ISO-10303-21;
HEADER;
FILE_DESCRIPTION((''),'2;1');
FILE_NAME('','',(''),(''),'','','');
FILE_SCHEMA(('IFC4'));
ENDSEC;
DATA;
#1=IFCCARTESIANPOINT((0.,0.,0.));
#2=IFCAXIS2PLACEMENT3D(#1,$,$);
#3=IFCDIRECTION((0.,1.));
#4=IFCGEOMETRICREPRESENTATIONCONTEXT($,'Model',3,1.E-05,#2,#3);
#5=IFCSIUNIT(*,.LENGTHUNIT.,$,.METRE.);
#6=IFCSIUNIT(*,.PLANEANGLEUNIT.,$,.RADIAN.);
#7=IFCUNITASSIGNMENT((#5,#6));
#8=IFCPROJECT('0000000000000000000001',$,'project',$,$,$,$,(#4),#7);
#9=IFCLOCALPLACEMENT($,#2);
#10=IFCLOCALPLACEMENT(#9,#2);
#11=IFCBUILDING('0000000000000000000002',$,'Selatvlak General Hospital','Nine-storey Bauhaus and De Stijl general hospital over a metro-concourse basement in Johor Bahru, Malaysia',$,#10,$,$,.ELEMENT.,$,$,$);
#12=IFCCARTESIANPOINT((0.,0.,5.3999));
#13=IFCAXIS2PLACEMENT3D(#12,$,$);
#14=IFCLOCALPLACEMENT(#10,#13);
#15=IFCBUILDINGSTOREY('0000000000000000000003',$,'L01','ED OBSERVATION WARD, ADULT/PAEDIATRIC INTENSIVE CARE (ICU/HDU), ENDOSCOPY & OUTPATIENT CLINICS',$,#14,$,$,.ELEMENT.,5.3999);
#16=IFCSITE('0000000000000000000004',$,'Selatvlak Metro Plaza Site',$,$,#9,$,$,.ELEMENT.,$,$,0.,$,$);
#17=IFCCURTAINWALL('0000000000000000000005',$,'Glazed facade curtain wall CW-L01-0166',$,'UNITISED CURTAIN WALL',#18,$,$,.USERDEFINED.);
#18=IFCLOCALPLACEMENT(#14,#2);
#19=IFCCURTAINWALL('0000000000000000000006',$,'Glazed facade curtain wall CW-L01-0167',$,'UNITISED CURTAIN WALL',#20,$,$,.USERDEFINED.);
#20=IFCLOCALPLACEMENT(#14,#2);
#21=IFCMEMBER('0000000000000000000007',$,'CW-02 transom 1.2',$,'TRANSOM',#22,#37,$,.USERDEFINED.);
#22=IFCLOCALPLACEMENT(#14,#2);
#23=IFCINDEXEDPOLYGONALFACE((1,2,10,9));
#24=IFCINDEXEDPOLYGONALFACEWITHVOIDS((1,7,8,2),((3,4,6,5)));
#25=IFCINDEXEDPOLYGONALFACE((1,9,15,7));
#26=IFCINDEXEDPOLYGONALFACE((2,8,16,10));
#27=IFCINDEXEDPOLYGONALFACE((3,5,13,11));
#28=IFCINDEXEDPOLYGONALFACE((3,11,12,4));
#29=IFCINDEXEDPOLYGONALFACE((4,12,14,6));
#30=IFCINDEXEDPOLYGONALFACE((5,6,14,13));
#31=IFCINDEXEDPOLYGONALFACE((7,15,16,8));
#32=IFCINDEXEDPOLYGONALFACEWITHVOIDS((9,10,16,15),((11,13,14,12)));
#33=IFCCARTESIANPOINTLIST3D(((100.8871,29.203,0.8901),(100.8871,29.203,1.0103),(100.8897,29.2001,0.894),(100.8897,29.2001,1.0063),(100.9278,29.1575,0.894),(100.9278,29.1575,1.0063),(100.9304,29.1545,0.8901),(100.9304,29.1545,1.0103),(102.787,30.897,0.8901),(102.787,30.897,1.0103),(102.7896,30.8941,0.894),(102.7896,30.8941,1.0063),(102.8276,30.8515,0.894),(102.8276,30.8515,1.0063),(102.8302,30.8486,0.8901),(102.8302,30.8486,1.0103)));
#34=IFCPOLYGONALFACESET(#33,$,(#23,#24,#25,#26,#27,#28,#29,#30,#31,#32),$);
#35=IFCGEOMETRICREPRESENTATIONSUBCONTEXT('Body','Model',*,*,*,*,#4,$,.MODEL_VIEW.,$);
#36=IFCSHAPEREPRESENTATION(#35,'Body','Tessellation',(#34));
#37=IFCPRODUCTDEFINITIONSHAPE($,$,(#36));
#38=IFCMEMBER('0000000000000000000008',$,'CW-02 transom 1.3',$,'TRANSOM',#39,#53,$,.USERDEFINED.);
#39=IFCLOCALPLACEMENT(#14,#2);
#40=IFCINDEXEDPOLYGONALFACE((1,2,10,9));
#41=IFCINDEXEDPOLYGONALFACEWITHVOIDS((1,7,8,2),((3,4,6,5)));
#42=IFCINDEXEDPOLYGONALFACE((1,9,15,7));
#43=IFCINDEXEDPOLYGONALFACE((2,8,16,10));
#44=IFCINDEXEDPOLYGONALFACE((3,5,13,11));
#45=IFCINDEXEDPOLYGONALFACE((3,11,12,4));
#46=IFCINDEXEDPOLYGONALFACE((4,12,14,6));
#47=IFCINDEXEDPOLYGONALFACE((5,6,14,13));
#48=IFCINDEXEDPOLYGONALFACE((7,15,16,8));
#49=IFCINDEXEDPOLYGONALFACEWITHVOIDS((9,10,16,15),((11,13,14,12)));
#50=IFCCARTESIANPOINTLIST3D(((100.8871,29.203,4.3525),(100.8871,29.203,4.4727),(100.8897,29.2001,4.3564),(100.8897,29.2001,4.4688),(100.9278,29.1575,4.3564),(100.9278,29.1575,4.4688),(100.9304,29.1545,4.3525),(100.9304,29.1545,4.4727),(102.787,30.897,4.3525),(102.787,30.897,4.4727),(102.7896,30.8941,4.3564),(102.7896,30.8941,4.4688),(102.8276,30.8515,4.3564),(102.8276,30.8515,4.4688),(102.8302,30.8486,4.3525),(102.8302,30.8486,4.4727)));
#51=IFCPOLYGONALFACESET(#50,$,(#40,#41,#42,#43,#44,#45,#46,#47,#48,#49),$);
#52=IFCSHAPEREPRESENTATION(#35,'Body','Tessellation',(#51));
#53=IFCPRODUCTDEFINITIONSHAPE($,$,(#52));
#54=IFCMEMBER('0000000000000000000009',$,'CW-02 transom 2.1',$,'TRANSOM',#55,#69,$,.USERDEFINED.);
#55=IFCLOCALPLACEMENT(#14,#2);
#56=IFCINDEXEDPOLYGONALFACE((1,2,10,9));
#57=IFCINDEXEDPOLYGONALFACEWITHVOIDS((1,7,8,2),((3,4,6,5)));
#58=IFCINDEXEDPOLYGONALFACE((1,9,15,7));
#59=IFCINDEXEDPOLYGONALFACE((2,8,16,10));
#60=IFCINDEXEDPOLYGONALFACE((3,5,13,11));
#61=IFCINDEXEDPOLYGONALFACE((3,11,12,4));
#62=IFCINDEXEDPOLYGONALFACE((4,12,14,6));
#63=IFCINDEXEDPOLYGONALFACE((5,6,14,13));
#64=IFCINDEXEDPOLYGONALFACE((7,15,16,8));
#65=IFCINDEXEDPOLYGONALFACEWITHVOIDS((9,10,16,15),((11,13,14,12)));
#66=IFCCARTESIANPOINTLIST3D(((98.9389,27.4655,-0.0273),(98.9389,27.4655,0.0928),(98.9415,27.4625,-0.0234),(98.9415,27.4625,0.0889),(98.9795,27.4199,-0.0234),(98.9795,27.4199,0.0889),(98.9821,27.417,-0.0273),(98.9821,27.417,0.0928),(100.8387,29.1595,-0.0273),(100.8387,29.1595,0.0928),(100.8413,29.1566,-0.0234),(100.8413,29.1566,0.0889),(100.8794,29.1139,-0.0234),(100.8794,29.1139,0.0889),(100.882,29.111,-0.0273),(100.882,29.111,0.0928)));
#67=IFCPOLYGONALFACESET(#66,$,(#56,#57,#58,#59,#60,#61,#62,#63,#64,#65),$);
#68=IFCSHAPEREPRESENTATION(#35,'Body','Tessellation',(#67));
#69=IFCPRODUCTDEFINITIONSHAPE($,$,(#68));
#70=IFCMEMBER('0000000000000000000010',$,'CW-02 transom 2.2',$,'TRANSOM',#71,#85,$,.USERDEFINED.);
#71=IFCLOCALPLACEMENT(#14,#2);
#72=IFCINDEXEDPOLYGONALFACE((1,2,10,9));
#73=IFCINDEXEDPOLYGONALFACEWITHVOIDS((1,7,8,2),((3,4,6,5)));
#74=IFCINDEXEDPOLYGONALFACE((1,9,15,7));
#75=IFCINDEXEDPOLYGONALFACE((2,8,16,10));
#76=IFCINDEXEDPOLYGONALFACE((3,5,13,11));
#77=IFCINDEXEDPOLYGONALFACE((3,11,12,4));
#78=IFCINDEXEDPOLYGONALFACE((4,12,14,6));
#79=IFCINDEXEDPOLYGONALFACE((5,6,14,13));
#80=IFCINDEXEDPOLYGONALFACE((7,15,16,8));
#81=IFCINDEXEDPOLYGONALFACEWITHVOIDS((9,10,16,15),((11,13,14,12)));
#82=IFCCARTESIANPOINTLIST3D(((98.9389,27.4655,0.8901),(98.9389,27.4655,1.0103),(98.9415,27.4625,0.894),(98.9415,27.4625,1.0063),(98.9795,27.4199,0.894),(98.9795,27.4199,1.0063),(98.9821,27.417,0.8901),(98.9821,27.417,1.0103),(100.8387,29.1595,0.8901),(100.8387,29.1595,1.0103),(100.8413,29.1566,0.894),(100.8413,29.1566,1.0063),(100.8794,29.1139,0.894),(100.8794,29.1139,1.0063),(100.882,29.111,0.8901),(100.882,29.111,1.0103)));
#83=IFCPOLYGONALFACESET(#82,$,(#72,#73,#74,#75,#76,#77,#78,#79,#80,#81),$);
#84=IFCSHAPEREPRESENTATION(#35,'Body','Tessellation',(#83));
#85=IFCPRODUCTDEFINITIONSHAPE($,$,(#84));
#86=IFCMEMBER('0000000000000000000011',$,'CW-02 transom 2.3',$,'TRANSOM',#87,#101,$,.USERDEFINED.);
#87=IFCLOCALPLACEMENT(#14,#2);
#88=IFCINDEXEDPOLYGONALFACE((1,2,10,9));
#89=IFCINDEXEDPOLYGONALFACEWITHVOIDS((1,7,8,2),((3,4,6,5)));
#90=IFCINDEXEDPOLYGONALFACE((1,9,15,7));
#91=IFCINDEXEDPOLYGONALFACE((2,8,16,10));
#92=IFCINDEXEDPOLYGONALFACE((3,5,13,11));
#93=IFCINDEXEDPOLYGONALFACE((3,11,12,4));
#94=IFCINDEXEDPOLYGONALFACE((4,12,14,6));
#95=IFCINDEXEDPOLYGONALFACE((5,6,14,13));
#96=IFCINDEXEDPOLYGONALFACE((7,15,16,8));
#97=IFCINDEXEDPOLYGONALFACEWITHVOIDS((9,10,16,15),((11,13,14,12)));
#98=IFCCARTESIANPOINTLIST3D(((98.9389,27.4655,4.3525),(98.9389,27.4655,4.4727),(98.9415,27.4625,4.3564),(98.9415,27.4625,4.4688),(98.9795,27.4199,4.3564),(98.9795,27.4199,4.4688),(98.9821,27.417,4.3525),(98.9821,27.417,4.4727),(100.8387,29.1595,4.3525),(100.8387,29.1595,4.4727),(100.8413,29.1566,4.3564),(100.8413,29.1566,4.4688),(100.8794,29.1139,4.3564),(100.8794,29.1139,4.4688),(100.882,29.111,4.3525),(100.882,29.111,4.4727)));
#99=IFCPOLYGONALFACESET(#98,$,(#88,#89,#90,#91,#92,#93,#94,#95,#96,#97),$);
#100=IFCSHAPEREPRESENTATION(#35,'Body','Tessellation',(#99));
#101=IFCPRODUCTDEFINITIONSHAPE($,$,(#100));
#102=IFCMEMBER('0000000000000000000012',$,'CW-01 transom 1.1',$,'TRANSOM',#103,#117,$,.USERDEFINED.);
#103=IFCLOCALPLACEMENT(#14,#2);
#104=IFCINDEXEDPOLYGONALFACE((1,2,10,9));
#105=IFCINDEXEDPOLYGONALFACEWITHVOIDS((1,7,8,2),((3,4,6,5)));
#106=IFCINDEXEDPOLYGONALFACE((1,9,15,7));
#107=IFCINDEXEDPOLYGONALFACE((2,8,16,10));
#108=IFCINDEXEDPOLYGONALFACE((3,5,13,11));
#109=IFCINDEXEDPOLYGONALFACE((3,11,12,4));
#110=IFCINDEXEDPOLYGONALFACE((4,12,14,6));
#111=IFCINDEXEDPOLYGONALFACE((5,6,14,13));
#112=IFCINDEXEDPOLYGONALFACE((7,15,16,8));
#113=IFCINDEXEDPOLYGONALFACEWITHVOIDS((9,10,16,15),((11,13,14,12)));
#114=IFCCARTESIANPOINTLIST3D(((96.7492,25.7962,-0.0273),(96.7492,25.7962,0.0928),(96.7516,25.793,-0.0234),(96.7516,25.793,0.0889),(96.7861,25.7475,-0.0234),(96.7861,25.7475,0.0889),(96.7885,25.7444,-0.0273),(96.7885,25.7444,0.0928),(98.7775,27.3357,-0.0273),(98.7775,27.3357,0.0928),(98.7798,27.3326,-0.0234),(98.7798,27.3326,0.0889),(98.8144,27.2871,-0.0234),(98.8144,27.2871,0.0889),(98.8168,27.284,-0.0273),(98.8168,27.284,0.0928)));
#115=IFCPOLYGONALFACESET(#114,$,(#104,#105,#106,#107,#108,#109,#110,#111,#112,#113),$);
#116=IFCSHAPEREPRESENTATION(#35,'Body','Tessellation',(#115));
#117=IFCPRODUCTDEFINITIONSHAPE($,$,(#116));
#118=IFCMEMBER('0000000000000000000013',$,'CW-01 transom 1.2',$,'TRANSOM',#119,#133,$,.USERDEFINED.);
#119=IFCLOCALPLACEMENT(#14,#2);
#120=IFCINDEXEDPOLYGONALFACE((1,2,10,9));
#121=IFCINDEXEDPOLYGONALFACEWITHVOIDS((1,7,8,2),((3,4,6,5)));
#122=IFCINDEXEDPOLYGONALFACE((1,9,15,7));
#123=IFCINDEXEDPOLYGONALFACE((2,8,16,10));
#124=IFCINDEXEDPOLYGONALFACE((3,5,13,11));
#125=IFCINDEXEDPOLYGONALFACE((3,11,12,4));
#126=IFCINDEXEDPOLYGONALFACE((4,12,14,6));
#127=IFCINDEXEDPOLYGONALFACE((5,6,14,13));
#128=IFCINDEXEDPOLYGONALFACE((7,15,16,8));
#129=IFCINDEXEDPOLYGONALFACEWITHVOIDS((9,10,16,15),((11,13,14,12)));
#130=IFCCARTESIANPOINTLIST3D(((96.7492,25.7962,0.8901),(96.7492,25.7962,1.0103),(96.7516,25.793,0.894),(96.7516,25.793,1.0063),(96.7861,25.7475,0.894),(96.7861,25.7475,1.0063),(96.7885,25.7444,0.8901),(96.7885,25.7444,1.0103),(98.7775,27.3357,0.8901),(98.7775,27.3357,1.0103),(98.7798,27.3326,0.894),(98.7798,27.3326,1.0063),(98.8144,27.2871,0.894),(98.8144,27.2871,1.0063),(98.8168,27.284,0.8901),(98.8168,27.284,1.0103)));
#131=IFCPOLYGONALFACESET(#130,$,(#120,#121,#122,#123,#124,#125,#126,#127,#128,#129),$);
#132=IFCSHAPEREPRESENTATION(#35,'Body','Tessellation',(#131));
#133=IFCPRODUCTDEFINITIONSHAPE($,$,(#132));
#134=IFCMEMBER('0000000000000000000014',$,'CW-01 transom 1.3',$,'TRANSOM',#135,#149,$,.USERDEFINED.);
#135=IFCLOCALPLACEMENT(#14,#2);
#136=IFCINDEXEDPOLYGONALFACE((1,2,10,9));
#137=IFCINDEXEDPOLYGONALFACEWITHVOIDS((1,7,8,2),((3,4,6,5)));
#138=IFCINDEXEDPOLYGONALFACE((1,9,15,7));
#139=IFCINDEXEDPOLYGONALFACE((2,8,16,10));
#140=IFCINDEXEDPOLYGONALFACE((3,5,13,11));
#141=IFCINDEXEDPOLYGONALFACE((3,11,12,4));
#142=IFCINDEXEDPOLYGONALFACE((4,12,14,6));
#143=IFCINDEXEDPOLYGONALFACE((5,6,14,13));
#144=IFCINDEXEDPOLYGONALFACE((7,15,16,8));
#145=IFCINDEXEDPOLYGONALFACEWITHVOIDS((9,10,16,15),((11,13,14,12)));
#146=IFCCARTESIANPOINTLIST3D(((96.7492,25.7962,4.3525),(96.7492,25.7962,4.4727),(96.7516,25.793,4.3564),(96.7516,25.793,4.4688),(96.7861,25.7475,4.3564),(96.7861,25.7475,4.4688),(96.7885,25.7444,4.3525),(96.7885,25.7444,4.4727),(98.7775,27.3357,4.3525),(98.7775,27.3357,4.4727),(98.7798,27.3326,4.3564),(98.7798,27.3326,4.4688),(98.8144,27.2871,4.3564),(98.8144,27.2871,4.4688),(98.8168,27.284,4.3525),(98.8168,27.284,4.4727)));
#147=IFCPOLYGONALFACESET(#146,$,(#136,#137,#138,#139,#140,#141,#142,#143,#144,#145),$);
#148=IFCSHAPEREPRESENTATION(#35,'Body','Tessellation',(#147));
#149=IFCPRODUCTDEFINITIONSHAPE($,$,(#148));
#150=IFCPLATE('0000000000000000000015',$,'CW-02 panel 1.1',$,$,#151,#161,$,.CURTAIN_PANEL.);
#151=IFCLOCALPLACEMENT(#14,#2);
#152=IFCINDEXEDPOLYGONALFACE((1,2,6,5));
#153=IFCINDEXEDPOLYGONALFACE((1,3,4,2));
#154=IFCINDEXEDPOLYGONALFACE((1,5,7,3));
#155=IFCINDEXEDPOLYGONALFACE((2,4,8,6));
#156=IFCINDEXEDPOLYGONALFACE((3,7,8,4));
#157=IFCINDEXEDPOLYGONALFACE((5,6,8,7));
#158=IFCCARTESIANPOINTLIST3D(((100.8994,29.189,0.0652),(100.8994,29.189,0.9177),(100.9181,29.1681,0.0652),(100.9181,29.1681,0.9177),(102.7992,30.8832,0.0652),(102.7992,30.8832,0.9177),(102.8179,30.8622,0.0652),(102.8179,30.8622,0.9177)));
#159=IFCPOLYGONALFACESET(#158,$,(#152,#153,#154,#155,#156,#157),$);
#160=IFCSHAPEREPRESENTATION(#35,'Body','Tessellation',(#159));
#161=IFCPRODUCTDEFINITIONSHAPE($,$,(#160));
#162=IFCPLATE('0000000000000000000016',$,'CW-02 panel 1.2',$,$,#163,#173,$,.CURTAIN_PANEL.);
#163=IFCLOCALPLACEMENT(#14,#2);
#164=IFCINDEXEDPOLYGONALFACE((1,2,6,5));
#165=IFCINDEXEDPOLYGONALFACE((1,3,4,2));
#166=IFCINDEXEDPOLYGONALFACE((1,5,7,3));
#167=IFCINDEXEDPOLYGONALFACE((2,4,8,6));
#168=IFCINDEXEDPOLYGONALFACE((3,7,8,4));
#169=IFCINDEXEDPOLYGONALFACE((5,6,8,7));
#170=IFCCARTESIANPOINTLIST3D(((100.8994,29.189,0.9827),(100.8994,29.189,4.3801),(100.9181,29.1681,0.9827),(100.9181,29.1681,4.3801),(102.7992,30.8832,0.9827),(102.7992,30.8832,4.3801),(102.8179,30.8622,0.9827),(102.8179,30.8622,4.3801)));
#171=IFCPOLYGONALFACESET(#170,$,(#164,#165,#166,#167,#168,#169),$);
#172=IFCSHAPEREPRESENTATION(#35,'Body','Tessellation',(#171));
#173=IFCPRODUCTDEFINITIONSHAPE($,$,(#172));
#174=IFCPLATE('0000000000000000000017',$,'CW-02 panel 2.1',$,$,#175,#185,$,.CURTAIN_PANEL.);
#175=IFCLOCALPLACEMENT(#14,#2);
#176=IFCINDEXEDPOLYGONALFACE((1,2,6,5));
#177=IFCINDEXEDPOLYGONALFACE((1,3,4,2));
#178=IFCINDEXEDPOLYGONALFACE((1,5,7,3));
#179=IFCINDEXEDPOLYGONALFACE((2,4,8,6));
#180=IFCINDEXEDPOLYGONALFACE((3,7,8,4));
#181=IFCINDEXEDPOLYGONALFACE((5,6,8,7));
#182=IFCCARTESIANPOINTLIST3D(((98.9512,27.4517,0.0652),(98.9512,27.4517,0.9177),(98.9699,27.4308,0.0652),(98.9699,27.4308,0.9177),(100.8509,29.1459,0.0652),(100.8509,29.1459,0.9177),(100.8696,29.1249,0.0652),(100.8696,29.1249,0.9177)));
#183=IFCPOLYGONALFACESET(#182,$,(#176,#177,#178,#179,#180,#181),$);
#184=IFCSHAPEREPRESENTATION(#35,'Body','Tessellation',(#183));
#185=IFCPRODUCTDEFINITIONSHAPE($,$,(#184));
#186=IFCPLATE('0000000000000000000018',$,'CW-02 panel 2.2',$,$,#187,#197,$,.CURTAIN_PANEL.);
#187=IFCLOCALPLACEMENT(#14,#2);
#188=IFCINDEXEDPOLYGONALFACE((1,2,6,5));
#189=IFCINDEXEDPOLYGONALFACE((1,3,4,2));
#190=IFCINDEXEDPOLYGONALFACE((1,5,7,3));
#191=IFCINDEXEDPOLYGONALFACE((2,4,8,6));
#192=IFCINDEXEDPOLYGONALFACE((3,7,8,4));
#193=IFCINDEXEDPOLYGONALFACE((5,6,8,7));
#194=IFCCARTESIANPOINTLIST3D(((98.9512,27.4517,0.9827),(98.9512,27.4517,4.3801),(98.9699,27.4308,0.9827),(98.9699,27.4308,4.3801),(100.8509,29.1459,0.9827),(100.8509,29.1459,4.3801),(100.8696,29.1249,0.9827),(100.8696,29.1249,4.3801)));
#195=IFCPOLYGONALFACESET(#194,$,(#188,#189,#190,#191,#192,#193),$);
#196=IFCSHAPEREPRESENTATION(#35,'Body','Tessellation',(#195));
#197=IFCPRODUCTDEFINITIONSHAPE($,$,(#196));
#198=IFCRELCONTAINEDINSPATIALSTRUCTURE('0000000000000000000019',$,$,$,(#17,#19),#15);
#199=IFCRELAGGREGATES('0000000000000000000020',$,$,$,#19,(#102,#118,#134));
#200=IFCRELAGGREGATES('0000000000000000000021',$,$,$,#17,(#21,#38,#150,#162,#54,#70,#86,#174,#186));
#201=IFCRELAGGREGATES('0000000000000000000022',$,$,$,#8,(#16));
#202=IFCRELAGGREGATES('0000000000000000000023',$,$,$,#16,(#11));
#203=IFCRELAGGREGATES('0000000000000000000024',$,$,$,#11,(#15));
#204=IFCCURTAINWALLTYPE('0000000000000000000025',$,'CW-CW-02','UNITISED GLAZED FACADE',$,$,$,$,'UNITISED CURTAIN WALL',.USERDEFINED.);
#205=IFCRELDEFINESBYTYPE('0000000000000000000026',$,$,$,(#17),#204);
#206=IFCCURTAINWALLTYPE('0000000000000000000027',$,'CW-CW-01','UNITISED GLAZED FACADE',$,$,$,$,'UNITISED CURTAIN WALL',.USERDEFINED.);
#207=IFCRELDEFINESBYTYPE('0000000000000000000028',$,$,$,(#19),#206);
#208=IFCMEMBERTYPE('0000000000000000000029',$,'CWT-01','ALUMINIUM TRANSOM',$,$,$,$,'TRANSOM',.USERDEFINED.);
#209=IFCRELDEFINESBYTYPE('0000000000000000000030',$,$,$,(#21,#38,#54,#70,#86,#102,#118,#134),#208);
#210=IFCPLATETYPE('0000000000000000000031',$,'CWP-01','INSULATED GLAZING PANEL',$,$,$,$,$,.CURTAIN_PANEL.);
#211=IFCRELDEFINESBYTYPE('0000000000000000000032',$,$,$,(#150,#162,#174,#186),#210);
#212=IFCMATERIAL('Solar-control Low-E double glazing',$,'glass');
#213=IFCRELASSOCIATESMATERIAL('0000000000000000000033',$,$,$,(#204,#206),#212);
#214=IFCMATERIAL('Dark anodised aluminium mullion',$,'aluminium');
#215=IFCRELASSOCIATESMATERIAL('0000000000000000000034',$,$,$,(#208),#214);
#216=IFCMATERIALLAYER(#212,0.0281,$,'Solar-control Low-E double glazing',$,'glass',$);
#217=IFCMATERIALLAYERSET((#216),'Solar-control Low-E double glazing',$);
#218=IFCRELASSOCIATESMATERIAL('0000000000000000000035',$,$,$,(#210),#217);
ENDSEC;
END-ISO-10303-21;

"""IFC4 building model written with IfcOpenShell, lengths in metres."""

from ifc_helpers import new_model, si_unit, direction, frame, origin, origin_2d, place, context, subcontext, project, spatial, rectangle, hollow_rectangle, extrude, material, layer, layer_set, material_profile, profile_set, type_object, element, aggregate, save


model = new_model("IFC4")

# Units and contexts
model_context = context("Model", 3, precision=1e-05, world=origin(), true_north=direction((0.0, 1.0)))
body_context = subcontext(model_context, "Body", "Model", "MODEL_VIEW")
ifc_project = project(units=[si_unit("LENGTHUNIT", "METRE"), si_unit("PLANEANGLEUNIT", "RADIAN")], contexts=[model_context])

# Site, building, storey
site_placement = place(None, origin())
site = spatial("IfcSite", under=ifc_project, at=site_placement, Name="Selatvlak Metro Plaza Site", CompositionType="ELEMENT", RefElevation=0.0)
building_placement = place(site_placement, origin())
building = spatial("IfcBuilding", under=site, at=building_placement, Name="Selatvlak General Hospital", Description="Nine-storey Bauhaus and De Stijl general hospital over a metro-concourse basement in Johor Bahru, Malaysia", CompositionType="ELEMENT")
storey_placement = place(building_placement, frame((0.0, 0.0, 5.3999)))
storey = spatial("IfcBuildingStorey", under=building, at=storey_placement, Name="L01", Description="ED OBSERVATION WARD, ADULT/PAEDIATRIC INTENSIVE CARE (ICU/HDU), ENDOSCOPY & OUTPATIENT CLINICS", CompositionType="ELEMENT", Elevation=5.3999)

# Curtain wall
ifc_material_1 = material(Name="Solar-control Low-E double glazing", Category="glass")
curtain_wall_type_1 = type_object("IfcCurtainWallType", Name="CW-CW-02", Description="UNITISED GLAZED FACADE", ElementType="UNITISED CURTAIN WALL", PredefinedType="USERDEFINED", material=ifc_material_1)
curtain_wall_1_placement = place(storey_placement, origin())
curtain_wall_1 = element("IfcCurtainWall", 1, at=curtain_wall_1_placement, inside=storey, type_object=curtain_wall_type_1, Name="Glazed facade curtain wall CW-L01-0166", ObjectType="UNITISED CURTAIN WALL", PredefinedType="USERDEFINED")
ifc_material_2 = material(Name="Dark anodised aluminium mullion", Category="aluminium")

# Curtain wall
curtain_wall_type_2 = type_object("IfcCurtainWallType", Name="CW-CW-01", Description="UNITISED GLAZED FACADE", ElementType="UNITISED CURTAIN WALL", PredefinedType="USERDEFINED", material=ifc_material_1)
curtain_wall_2_placement = place(storey_placement, origin())
curtain_wall_2 = element("IfcCurtainWall", 2, at=curtain_wall_2_placement, inside=storey, type_object=curtain_wall_type_2, Name="Glazed facade curtain wall CW-L01-0167", ObjectType="UNITISED CURTAIN WALL", PredefinedType="USERDEFINED")

# Members
ifc_material_profile_1 = material_profile(ifc_material_2, hollow_rectangle(XDim=0.0649, YDim=0.1201, WallThickness=0.0039, at=origin_2d()), Name="AL-TRN 65x120x4")
ifc_profile_set_1 = profile_set([ifc_material_profile_1], Name="Dark anodised aluminium mullion")
member_type_1 = type_object("IfcMemberType", Name="CWT-01", Description="ALUMINIUM TRANSOM", ElementType="TRANSOM", PredefinedType="USERDEFINED", material=ifc_profile_set_1)
member_1_placement = place(storey_placement, frame((102.8086, 30.8728, 0.9502), z_axis=(-0.746377, -0.665524, 0.0), x_axis=(0.665524, -0.746377, 0.0)))
member_1 = element("IfcMember", 3, at=member_1_placement, type_object=member_type_1, Name="CW-02 transom 1.2", ObjectType="TRANSOM", PredefinedType="USERDEFINED", context=body_context, shape_type="SweptSolid", body=[
    extrude(hollow_rectangle(XDim=0.0649, YDim=0.1201, WallThickness=0.0039, at=origin_2d()), origin(), (0.0, 0.0, 1.0), 2.5454),
])
member_2_placement = place(storey_placement, frame((102.8086, 30.8728, 4.4126), z_axis=(-0.746377, -0.665524, 0.0), x_axis=(0.665524, -0.746377, 0.0)))
member_2 = element("IfcMember", 4, at=member_2_placement, type_object=member_type_1, Name="CW-02 transom 1.3", ObjectType="TRANSOM", PredefinedType="USERDEFINED", context=body_context, shape_type="SweptSolid", body=[
    extrude(hollow_rectangle(XDim=0.0649, YDim=0.1201, WallThickness=0.0039, at=origin_2d()), origin(), (0.0, 0.0, 1.0), 2.5454),
])
member_3_placement = place(storey_placement, frame((100.8604, 29.1353, 0.0327), z_axis=(-0.746377, -0.665524, 0.0), x_axis=(0.665524, -0.746377, 0.0)))
member_3 = element("IfcMember", 5, at=member_3_placement, type_object=member_type_1, Name="CW-02 transom 2.1", ObjectType="TRANSOM", PredefinedType="USERDEFINED", context=body_context, shape_type="SweptSolid", body=[
    extrude(hollow_rectangle(XDim=0.0649, YDim=0.1201, WallThickness=0.0039, at=origin_2d()), origin(), (0.0, 0.0, 1.0), 2.5454),
])
member_4_placement = place(storey_placement, frame((100.8604, 29.1353, 0.9502), z_axis=(-0.746377, -0.665524, 0.0), x_axis=(0.665524, -0.746377, 0.0)))
member_4 = element("IfcMember", 6, at=member_4_placement, type_object=member_type_1, Name="CW-02 transom 2.2", ObjectType="TRANSOM", PredefinedType="USERDEFINED", context=body_context, shape_type="SweptSolid", body=[
    extrude(hollow_rectangle(XDim=0.0649, YDim=0.1201, WallThickness=0.0039, at=origin_2d()), origin(), (0.0, 0.0, 1.0), 2.5454),
])
member_5_placement = place(storey_placement, frame((100.8604, 29.1353, 4.4126), z_axis=(-0.746377, -0.665524, 0.0), x_axis=(0.665524, -0.746377, 0.0)))
member_5 = element("IfcMember", 7, at=member_5_placement, type_object=member_type_1, Name="CW-02 transom 2.3", ObjectType="TRANSOM", PredefinedType="USERDEFINED", context=body_context, shape_type="SweptSolid", body=[
    extrude(hollow_rectangle(XDim=0.0649, YDim=0.1201, WallThickness=0.0039, at=origin_2d()), origin(), (0.0, 0.0, 1.0), 2.5454),
])
member_6_placement = place(storey_placement, frame((98.7971, 27.3098, 0.0327), z_axis=(-0.796535, -0.604592, 0.0), x_axis=(0.604592, -0.796535, 0.0)))
member_6 = element("IfcMember", 8, at=member_6_placement, type_object=member_type_1, Name="CW-01 transom 1.1", ObjectType="TRANSOM", PredefinedType="USERDEFINED", context=body_context, shape_type="SweptSolid", body=[
    extrude(hollow_rectangle(XDim=0.0649, YDim=0.1201, WallThickness=0.0039, at=origin_2d()), origin(), (0.0, 0.0, 1.0), 2.5464),
])
member_7_placement = place(storey_placement, frame((98.7971, 27.3098, 0.9502), z_axis=(-0.796535, -0.604592, 0.0), x_axis=(0.604592, -0.796535, 0.0)))
member_7 = element("IfcMember", 9, at=member_7_placement, type_object=member_type_1, Name="CW-01 transom 1.2", ObjectType="TRANSOM", PredefinedType="USERDEFINED", context=body_context, shape_type="SweptSolid", body=[
    extrude(hollow_rectangle(XDim=0.0649, YDim=0.1201, WallThickness=0.0039, at=origin_2d()), origin(), (0.0, 0.0, 1.0), 2.5464),
])
member_8_placement = place(storey_placement, frame((98.7971, 27.3098, 4.4126), z_axis=(-0.796535, -0.604592, 0.0), x_axis=(0.604592, -0.796535, 0.0)))
member_8 = element("IfcMember", 10, at=member_8_placement, type_object=member_type_1, Name="CW-01 transom 1.3", ObjectType="TRANSOM", PredefinedType="USERDEFINED", context=body_context, shape_type="SweptSolid", body=[
    extrude(hollow_rectangle(XDim=0.0649, YDim=0.1201, WallThickness=0.0039, at=origin_2d()), origin(), (0.0, 0.0, 1.0), 2.5464),
])
aggregate(curtain_wall_2, [member_6, member_7, member_8])

# Plates
ifc_layer_1 = layer(ifc_material_1, 0.0281, Name="Solar-control Low-E double glazing", Category="glass")
ifc_layer_set_1 = layer_set([ifc_layer_1], Name="Solar-control Low-E double glazing")
plate_type = type_object("IfcPlateType", Name="CWP-01", Description="INSULATED GLAZING PANEL", PredefinedType="CURTAIN_PANEL", material=ifc_layer_set_1)
plate_1_placement = place(storey_placement, frame((101.8586, 30.0256, 0.0652), z_axis=(0.0, 0.0, 1.0), x_axis=(-0.746344, -0.665561, 0.0)))
plate_1 = element("IfcPlate", 11, at=plate_1_placement, type_object=plate_type, Name="CW-02 panel 1.1", PredefinedType="CURTAIN_PANEL", context=body_context, shape_type="SweptSolid", body=[
    extrude(rectangle(XDim=2.5454, YDim=0.0281, at=origin_2d()), origin(), (0.0, 0.0, 1.0), 0.8525),
])
plate_2_placement = place(storey_placement, frame((101.8586, 30.0256, 0.9827), z_axis=(0.0, 0.0, 1.0), x_axis=(-0.746344, -0.665561, 0.0)))
plate_2 = element("IfcPlate", 12, at=plate_2_placement, type_object=plate_type, Name="CW-02 panel 1.2", PredefinedType="CURTAIN_PANEL", context=body_context, shape_type="SweptSolid", body=[
    extrude(rectangle(XDim=2.5454, YDim=0.0281, at=origin_2d()), origin(), (0.0, 0.0, 1.0), 3.3975),
])
plate_3_placement = place(storey_placement, frame((99.9104, 28.2883, 0.0652), z_axis=(0.0, 0.0, 1.0), x_axis=(-0.746344, -0.665561, 0.0)))
plate_3 = element("IfcPlate", 13, at=plate_3_placement, type_object=plate_type, Name="CW-02 panel 2.1", PredefinedType="CURTAIN_PANEL", context=body_context, shape_type="SweptSolid", body=[
    extrude(rectangle(XDim=2.5454, YDim=0.0281, at=origin_2d()), origin(), (0.0, 0.0, 1.0), 0.8525),
])
plate_4_placement = place(storey_placement, frame((99.9104, 28.2883, 0.9827), z_axis=(0.0, 0.0, 1.0), x_axis=(-0.746344, -0.665561, 0.0)))
plate_4 = element("IfcPlate", 14, at=plate_4_placement, type_object=plate_type, Name="CW-02 panel 2.2", PredefinedType="CURTAIN_PANEL", context=body_context, shape_type="SweptSolid", body=[
    extrude(rectangle(XDim=2.5454, YDim=0.0281, at=origin_2d()), origin(), (0.0, 0.0, 1.0), 3.3975),
])
aggregate(curtain_wall_1, [member_1, member_2, plate_1, plate_2, member_3, member_4, member_5, plate_3, plate_4])

save(model, "model.ifc")
